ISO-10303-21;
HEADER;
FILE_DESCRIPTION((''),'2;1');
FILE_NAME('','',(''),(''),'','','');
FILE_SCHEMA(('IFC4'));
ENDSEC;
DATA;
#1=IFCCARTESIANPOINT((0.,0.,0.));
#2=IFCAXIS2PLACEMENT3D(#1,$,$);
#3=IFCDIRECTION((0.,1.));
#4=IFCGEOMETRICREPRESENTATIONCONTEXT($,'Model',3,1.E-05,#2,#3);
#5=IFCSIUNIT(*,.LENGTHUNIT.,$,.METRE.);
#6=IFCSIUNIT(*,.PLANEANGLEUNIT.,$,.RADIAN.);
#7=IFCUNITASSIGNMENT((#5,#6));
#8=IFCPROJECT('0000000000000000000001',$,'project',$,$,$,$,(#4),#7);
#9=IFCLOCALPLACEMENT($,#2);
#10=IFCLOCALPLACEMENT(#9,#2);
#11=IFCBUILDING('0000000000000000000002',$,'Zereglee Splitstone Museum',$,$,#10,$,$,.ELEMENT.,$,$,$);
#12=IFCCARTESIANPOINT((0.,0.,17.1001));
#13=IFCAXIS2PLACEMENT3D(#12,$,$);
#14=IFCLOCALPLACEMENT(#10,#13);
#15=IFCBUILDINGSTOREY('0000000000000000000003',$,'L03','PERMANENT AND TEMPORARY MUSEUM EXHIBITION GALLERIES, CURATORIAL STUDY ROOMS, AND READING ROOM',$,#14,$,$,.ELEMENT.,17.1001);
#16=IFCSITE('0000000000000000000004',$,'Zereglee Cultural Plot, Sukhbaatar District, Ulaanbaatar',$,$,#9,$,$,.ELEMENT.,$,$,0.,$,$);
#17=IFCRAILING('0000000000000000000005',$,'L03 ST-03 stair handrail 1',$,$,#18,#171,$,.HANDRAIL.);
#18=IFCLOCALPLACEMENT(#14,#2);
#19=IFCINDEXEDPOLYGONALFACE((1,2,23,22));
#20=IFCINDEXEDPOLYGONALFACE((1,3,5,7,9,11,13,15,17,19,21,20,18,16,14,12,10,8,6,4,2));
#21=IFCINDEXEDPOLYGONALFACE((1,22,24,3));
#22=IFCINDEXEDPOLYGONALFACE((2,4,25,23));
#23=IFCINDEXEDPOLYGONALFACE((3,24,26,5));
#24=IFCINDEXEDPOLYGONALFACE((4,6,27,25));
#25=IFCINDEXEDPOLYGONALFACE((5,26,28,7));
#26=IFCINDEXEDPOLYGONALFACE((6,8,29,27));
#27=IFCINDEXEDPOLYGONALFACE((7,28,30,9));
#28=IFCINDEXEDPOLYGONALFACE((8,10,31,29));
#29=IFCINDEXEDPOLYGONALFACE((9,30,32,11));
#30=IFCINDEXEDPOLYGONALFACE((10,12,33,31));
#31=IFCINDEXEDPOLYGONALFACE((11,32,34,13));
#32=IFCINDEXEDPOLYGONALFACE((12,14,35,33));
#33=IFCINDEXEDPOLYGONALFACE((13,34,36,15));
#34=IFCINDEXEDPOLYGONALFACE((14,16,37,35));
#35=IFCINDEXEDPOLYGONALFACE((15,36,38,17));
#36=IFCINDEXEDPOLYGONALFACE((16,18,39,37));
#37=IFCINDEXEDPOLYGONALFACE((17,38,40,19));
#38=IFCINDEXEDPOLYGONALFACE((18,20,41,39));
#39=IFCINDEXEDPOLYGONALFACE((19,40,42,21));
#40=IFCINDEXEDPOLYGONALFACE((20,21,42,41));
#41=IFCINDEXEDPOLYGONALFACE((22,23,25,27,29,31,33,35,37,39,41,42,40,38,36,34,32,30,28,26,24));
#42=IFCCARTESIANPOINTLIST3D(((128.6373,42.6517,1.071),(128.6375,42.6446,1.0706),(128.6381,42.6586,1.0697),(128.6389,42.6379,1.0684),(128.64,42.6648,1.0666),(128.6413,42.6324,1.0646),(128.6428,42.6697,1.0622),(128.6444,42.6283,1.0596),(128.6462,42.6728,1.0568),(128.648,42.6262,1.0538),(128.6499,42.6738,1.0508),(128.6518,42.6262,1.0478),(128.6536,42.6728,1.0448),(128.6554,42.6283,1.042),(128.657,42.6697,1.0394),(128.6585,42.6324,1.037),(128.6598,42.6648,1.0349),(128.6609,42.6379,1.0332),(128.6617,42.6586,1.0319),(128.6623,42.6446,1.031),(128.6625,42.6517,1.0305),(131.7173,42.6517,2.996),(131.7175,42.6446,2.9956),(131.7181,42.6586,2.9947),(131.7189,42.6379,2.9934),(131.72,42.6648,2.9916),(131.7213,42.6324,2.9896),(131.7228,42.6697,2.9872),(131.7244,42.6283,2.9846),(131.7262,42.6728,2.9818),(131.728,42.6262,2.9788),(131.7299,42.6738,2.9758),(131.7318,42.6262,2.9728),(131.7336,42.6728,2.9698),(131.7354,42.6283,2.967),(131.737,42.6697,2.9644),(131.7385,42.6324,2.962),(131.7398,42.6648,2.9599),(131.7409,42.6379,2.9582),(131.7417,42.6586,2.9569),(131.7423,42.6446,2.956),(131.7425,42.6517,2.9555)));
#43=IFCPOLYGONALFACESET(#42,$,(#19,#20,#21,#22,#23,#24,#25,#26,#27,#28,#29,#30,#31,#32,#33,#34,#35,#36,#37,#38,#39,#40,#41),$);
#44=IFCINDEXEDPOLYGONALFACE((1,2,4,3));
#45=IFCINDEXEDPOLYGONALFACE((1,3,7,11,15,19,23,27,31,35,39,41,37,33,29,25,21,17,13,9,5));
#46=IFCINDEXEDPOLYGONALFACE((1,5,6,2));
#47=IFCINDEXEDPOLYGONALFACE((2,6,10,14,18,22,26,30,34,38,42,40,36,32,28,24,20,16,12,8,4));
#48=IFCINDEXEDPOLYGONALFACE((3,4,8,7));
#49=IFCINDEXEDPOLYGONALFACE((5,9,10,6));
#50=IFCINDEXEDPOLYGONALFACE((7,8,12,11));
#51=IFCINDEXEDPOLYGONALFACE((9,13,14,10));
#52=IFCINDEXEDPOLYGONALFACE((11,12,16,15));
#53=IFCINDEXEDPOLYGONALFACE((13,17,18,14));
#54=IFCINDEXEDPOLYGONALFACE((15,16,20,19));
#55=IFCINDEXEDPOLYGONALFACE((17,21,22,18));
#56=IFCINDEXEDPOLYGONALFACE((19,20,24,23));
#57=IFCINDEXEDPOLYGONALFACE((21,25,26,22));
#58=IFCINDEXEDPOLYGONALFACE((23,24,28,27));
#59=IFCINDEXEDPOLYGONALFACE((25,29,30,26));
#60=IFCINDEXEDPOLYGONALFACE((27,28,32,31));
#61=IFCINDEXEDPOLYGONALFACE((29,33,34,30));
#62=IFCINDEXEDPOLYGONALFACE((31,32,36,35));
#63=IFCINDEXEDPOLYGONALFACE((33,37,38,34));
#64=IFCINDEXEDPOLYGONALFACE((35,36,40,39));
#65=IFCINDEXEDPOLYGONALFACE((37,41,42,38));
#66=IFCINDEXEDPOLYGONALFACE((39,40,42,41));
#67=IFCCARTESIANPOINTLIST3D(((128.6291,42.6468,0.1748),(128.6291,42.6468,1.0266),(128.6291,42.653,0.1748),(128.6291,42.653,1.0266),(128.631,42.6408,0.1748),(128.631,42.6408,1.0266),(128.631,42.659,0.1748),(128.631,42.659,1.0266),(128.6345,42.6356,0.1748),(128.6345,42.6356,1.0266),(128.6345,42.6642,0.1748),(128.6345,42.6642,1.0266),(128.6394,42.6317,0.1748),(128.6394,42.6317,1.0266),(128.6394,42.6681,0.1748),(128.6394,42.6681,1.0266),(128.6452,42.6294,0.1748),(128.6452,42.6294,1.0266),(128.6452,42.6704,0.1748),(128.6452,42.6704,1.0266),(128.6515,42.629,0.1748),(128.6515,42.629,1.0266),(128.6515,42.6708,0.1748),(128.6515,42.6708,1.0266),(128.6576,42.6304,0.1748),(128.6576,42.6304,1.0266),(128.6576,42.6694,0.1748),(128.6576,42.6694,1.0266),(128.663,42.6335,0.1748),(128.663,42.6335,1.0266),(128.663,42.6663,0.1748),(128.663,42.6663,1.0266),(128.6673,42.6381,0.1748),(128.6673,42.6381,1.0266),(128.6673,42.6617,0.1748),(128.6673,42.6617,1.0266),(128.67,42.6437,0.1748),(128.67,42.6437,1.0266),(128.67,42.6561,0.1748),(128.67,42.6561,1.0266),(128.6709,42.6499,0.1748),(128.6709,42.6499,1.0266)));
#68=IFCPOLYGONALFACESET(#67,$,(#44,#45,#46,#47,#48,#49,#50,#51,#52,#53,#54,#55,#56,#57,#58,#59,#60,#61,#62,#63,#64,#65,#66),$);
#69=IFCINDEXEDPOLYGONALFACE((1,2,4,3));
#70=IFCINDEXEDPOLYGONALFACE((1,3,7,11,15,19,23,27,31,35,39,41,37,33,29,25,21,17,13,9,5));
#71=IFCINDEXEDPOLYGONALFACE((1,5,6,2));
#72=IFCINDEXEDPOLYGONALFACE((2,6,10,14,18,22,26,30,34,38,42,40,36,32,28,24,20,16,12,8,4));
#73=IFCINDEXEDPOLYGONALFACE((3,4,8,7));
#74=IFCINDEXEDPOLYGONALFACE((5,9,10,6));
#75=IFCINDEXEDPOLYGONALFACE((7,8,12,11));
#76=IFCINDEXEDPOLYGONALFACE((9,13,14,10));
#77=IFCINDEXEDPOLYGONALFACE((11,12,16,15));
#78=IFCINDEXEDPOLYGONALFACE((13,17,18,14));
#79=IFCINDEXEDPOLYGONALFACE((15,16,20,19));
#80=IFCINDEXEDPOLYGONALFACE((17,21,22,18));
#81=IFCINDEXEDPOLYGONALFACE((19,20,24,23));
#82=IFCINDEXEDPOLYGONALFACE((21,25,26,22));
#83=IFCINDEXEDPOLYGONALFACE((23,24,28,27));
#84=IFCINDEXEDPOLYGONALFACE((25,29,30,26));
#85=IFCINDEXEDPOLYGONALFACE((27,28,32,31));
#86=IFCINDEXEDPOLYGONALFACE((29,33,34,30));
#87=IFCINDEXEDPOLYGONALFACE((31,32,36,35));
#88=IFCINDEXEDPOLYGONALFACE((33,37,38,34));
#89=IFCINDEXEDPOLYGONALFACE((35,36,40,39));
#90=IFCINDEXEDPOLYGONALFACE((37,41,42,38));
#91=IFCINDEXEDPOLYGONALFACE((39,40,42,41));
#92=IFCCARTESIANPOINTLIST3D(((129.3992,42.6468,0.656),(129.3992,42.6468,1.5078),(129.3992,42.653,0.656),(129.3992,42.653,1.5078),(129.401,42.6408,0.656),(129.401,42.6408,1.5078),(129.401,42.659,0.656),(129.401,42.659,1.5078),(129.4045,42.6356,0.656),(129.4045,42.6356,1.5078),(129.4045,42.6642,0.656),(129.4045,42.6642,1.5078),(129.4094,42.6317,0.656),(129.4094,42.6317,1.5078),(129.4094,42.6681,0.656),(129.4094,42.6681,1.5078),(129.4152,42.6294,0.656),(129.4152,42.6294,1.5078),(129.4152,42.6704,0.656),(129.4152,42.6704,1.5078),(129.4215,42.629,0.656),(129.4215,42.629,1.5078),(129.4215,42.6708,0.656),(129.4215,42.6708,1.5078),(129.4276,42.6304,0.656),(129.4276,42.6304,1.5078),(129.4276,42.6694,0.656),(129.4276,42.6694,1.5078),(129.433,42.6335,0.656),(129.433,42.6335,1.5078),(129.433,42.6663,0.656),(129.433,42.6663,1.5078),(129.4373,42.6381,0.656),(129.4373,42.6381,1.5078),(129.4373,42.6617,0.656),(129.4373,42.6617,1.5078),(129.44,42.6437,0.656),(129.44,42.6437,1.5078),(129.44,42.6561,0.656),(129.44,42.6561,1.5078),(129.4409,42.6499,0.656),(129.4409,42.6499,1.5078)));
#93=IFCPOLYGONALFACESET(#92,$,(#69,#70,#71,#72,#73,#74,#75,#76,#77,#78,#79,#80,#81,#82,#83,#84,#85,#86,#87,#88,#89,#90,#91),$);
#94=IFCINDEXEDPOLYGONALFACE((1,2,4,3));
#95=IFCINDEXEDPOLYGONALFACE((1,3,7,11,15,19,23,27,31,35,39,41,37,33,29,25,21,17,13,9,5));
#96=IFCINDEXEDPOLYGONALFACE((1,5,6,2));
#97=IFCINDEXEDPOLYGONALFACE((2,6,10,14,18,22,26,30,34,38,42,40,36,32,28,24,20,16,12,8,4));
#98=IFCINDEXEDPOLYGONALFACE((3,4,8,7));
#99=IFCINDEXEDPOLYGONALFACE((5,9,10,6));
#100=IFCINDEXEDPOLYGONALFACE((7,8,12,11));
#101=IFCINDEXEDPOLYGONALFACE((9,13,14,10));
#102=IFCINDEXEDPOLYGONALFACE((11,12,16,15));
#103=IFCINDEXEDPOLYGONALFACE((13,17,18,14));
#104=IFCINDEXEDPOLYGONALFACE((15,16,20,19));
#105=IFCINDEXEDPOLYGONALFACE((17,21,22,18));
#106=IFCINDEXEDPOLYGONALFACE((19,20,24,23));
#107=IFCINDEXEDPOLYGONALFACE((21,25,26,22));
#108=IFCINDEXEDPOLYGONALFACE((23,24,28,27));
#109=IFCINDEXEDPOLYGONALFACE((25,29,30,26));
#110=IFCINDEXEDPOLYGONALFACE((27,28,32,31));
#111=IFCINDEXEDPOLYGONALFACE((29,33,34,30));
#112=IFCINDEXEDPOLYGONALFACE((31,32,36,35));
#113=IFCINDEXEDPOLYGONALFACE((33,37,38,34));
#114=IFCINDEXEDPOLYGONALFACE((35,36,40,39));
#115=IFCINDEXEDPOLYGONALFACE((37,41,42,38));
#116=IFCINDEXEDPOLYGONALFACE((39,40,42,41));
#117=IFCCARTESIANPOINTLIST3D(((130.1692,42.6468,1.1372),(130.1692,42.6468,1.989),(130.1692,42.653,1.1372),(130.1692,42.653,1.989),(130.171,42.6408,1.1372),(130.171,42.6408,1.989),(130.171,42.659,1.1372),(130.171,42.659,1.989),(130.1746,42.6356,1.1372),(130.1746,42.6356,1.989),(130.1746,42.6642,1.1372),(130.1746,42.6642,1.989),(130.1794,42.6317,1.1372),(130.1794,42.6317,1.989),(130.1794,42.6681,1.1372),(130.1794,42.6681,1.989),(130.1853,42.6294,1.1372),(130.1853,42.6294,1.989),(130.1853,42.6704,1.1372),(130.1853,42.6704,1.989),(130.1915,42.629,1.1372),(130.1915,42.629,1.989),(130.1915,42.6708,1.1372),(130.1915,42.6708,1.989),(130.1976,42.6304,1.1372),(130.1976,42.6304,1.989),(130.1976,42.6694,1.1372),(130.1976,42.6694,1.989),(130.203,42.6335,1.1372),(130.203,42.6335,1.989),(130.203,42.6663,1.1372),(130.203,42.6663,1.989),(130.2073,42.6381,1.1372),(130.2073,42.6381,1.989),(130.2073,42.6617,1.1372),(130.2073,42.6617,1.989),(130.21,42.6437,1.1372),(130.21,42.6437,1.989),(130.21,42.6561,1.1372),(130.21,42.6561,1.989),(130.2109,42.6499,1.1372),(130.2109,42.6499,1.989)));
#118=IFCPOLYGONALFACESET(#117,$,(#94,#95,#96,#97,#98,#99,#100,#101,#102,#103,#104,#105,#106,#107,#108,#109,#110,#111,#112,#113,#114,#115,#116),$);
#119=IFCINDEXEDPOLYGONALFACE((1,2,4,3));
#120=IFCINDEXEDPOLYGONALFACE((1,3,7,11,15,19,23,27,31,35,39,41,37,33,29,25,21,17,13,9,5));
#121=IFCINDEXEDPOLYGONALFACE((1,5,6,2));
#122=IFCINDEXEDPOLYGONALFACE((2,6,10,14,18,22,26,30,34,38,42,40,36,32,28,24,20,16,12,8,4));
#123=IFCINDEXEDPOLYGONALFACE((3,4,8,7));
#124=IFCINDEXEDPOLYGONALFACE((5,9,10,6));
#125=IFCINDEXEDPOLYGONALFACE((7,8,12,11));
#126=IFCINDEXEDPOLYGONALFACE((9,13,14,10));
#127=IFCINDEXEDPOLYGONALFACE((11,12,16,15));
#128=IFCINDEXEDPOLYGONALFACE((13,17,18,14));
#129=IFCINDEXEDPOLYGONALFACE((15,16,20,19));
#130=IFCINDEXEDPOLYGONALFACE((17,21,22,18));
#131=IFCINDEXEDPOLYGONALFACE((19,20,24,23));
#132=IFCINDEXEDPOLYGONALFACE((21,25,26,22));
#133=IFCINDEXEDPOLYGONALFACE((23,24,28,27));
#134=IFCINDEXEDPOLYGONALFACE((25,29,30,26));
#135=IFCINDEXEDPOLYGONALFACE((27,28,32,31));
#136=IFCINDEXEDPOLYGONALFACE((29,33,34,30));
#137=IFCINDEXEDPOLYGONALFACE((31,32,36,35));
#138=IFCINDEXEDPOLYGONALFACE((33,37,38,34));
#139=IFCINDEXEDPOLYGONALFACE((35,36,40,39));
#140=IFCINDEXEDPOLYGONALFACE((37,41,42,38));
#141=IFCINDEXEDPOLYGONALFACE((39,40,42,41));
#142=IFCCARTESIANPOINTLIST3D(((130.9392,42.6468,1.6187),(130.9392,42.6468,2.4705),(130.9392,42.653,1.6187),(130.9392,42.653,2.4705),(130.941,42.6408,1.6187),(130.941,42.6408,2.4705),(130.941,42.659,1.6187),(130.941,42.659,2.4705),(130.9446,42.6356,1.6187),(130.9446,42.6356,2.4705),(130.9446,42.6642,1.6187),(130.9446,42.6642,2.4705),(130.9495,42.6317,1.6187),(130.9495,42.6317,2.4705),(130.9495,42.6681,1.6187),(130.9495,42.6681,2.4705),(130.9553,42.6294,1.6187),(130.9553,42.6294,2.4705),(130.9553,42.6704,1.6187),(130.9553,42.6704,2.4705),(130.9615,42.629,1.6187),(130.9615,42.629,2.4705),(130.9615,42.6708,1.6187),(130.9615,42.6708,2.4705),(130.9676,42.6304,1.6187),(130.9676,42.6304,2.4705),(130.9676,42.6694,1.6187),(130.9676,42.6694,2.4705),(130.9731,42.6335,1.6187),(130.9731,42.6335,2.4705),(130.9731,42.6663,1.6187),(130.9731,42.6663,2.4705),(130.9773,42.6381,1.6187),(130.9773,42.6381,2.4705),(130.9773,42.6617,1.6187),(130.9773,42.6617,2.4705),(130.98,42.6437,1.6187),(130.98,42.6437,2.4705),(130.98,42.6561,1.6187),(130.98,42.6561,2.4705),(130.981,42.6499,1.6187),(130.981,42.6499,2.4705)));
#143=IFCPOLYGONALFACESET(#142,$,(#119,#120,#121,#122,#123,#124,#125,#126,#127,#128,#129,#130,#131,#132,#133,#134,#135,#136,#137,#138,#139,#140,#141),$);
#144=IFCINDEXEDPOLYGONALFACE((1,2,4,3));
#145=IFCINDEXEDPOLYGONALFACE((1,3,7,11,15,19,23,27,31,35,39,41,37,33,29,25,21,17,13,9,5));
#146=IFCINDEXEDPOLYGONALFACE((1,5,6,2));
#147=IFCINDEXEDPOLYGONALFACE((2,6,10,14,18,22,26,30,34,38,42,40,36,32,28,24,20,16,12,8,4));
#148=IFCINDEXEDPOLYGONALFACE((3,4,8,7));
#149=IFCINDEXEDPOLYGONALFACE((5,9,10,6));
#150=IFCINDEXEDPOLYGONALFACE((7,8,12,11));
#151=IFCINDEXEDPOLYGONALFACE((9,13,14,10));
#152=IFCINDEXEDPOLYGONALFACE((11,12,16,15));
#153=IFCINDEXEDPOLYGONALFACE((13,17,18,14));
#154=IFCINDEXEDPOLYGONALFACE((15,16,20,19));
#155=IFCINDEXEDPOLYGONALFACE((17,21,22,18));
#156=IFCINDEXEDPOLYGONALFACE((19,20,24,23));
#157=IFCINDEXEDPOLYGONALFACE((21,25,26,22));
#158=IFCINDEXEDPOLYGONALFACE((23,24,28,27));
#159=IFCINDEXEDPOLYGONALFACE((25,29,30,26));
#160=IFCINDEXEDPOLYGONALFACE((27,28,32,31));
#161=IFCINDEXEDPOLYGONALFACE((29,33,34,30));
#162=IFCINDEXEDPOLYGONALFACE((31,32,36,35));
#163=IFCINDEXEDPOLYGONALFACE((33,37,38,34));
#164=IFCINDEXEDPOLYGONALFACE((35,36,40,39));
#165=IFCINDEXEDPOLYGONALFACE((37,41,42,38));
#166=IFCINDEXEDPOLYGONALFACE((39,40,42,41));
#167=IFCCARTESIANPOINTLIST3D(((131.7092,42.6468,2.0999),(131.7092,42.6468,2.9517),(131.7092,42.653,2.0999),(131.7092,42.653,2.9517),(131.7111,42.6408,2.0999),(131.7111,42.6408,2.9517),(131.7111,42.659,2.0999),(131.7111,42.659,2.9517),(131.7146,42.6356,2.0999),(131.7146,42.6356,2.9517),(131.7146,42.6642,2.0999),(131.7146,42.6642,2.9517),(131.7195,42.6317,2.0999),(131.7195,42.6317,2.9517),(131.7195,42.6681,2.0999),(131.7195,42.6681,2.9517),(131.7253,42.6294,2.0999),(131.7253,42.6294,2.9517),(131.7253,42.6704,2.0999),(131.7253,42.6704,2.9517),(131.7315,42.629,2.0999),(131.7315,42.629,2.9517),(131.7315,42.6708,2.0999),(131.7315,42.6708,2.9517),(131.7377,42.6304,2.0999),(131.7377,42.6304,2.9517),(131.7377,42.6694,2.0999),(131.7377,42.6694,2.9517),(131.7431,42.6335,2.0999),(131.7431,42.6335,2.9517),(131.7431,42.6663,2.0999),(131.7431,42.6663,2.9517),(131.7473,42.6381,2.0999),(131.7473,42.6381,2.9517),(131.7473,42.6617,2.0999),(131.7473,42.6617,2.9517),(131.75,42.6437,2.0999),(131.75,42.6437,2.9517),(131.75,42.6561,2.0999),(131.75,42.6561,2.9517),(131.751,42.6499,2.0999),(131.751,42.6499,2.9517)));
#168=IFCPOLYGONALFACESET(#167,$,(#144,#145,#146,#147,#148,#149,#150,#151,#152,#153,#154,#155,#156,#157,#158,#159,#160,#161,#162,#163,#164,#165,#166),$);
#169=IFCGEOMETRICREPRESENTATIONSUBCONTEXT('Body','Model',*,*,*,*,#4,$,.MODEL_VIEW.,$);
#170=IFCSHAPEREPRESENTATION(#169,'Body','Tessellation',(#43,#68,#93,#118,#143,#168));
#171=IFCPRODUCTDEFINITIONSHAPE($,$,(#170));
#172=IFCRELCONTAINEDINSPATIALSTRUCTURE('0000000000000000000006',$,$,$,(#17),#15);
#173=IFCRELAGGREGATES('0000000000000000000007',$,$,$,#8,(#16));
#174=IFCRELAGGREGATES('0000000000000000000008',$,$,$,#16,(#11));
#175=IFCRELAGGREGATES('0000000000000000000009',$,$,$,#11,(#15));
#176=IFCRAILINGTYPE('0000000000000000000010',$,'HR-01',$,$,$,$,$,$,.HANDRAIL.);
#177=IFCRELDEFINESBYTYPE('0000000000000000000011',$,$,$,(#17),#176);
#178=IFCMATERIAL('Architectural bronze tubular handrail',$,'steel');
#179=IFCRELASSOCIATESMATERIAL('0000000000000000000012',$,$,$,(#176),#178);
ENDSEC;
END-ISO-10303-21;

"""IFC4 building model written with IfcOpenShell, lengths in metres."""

from ifc_helpers import new_model, si_unit, direction, frame, origin, origin_2d, place, context, subcontext, project, spatial, circle, extrude, material, type_object, element, save


model = new_model("IFC4")

# Units and contexts
model_context = context("Model", 3, precision=1e-05, world=origin(), true_north=direction((0.0, 1.0)))
body_context = subcontext(model_context, "Body", "Model", "MODEL_VIEW")
ifc_project = project(units=[si_unit("LENGTHUNIT", "METRE"), si_unit("PLANEANGLEUNIT", "RADIAN")], contexts=[model_context])

# Site, building, storey
site_placement = place(None, origin())
site = spatial("IfcSite", under=ifc_project, at=site_placement, Name="Zereglee Cultural Plot, Sukhbaatar District, Ulaanbaatar", CompositionType="ELEMENT", RefElevation=0.0)
building_placement = place(site_placement, origin())
building = spatial("IfcBuilding", under=site, at=building_placement, Name="Zereglee Splitstone Museum", CompositionType="ELEMENT")
storey_placement = place(building_placement, frame((0.0, 0.0, 17.1001)))
storey = spatial("IfcBuildingStorey", under=building, at=storey_placement, Name="L03", Description="PERMANENT AND TEMPORARY MUSEUM EXHIBITION GALLERIES, CURATORIAL STUDY ROOMS, AND READING ROOM", CompositionType="ELEMENT", Elevation=17.1001)

# Railing
ifc_material_1 = material(Name="Architectural bronze tubular handrail", Category="steel")
railing_type_1 = type_object("IfcRailingType", Name="HR-01", PredefinedType="HANDRAIL", material=ifc_material_1)
railing_1_placement = place(storey_placement, frame((128.6499, 42.6499, 0.1748)))
element("IfcRailing", 1, at=railing_1_placement, inside=storey, type_object=railing_type_1, Name="L03 ST-03 stair handrail 1", PredefinedType="HANDRAIL", context=body_context, shape_type="SweptSolid", body=[
    extrude(circle(Radius=0.0239, at=origin_2d()), frame((0.0, 0.0, 0.876), z_axis=(0.847998, 0.0, 0.529999), x_axis=(0.0, 1.0, 0.0)), (0.0, 0.0, 1.0), 3.6321),
    extrude(circle(Radius=0.021, at=origin_2d()), origin(), (0.0, 0.0, 1.0), 0.8518),
    extrude(circle(Radius=0.021, at=origin_2d()), frame((0.77, 0.0, 0.4812)), (0.0, 0.0, 1.0), 0.8518),
    extrude(circle(Radius=0.021, at=origin_2d()), frame((1.54, 0.0, 0.9624)), (0.0, 0.0, 1.0), 0.8518),
    extrude(circle(Radius=0.021, at=origin_2d()), frame((2.3101, 0.0, 1.4438)), (0.0, 0.0, 1.0), 0.8518),
    extrude(circle(Radius=0.021, at=origin_2d()), frame((3.0801, 0.0, 1.925)), (0.0, 0.0, 1.0), 0.8518),
])

save(model, "model.ifc")
